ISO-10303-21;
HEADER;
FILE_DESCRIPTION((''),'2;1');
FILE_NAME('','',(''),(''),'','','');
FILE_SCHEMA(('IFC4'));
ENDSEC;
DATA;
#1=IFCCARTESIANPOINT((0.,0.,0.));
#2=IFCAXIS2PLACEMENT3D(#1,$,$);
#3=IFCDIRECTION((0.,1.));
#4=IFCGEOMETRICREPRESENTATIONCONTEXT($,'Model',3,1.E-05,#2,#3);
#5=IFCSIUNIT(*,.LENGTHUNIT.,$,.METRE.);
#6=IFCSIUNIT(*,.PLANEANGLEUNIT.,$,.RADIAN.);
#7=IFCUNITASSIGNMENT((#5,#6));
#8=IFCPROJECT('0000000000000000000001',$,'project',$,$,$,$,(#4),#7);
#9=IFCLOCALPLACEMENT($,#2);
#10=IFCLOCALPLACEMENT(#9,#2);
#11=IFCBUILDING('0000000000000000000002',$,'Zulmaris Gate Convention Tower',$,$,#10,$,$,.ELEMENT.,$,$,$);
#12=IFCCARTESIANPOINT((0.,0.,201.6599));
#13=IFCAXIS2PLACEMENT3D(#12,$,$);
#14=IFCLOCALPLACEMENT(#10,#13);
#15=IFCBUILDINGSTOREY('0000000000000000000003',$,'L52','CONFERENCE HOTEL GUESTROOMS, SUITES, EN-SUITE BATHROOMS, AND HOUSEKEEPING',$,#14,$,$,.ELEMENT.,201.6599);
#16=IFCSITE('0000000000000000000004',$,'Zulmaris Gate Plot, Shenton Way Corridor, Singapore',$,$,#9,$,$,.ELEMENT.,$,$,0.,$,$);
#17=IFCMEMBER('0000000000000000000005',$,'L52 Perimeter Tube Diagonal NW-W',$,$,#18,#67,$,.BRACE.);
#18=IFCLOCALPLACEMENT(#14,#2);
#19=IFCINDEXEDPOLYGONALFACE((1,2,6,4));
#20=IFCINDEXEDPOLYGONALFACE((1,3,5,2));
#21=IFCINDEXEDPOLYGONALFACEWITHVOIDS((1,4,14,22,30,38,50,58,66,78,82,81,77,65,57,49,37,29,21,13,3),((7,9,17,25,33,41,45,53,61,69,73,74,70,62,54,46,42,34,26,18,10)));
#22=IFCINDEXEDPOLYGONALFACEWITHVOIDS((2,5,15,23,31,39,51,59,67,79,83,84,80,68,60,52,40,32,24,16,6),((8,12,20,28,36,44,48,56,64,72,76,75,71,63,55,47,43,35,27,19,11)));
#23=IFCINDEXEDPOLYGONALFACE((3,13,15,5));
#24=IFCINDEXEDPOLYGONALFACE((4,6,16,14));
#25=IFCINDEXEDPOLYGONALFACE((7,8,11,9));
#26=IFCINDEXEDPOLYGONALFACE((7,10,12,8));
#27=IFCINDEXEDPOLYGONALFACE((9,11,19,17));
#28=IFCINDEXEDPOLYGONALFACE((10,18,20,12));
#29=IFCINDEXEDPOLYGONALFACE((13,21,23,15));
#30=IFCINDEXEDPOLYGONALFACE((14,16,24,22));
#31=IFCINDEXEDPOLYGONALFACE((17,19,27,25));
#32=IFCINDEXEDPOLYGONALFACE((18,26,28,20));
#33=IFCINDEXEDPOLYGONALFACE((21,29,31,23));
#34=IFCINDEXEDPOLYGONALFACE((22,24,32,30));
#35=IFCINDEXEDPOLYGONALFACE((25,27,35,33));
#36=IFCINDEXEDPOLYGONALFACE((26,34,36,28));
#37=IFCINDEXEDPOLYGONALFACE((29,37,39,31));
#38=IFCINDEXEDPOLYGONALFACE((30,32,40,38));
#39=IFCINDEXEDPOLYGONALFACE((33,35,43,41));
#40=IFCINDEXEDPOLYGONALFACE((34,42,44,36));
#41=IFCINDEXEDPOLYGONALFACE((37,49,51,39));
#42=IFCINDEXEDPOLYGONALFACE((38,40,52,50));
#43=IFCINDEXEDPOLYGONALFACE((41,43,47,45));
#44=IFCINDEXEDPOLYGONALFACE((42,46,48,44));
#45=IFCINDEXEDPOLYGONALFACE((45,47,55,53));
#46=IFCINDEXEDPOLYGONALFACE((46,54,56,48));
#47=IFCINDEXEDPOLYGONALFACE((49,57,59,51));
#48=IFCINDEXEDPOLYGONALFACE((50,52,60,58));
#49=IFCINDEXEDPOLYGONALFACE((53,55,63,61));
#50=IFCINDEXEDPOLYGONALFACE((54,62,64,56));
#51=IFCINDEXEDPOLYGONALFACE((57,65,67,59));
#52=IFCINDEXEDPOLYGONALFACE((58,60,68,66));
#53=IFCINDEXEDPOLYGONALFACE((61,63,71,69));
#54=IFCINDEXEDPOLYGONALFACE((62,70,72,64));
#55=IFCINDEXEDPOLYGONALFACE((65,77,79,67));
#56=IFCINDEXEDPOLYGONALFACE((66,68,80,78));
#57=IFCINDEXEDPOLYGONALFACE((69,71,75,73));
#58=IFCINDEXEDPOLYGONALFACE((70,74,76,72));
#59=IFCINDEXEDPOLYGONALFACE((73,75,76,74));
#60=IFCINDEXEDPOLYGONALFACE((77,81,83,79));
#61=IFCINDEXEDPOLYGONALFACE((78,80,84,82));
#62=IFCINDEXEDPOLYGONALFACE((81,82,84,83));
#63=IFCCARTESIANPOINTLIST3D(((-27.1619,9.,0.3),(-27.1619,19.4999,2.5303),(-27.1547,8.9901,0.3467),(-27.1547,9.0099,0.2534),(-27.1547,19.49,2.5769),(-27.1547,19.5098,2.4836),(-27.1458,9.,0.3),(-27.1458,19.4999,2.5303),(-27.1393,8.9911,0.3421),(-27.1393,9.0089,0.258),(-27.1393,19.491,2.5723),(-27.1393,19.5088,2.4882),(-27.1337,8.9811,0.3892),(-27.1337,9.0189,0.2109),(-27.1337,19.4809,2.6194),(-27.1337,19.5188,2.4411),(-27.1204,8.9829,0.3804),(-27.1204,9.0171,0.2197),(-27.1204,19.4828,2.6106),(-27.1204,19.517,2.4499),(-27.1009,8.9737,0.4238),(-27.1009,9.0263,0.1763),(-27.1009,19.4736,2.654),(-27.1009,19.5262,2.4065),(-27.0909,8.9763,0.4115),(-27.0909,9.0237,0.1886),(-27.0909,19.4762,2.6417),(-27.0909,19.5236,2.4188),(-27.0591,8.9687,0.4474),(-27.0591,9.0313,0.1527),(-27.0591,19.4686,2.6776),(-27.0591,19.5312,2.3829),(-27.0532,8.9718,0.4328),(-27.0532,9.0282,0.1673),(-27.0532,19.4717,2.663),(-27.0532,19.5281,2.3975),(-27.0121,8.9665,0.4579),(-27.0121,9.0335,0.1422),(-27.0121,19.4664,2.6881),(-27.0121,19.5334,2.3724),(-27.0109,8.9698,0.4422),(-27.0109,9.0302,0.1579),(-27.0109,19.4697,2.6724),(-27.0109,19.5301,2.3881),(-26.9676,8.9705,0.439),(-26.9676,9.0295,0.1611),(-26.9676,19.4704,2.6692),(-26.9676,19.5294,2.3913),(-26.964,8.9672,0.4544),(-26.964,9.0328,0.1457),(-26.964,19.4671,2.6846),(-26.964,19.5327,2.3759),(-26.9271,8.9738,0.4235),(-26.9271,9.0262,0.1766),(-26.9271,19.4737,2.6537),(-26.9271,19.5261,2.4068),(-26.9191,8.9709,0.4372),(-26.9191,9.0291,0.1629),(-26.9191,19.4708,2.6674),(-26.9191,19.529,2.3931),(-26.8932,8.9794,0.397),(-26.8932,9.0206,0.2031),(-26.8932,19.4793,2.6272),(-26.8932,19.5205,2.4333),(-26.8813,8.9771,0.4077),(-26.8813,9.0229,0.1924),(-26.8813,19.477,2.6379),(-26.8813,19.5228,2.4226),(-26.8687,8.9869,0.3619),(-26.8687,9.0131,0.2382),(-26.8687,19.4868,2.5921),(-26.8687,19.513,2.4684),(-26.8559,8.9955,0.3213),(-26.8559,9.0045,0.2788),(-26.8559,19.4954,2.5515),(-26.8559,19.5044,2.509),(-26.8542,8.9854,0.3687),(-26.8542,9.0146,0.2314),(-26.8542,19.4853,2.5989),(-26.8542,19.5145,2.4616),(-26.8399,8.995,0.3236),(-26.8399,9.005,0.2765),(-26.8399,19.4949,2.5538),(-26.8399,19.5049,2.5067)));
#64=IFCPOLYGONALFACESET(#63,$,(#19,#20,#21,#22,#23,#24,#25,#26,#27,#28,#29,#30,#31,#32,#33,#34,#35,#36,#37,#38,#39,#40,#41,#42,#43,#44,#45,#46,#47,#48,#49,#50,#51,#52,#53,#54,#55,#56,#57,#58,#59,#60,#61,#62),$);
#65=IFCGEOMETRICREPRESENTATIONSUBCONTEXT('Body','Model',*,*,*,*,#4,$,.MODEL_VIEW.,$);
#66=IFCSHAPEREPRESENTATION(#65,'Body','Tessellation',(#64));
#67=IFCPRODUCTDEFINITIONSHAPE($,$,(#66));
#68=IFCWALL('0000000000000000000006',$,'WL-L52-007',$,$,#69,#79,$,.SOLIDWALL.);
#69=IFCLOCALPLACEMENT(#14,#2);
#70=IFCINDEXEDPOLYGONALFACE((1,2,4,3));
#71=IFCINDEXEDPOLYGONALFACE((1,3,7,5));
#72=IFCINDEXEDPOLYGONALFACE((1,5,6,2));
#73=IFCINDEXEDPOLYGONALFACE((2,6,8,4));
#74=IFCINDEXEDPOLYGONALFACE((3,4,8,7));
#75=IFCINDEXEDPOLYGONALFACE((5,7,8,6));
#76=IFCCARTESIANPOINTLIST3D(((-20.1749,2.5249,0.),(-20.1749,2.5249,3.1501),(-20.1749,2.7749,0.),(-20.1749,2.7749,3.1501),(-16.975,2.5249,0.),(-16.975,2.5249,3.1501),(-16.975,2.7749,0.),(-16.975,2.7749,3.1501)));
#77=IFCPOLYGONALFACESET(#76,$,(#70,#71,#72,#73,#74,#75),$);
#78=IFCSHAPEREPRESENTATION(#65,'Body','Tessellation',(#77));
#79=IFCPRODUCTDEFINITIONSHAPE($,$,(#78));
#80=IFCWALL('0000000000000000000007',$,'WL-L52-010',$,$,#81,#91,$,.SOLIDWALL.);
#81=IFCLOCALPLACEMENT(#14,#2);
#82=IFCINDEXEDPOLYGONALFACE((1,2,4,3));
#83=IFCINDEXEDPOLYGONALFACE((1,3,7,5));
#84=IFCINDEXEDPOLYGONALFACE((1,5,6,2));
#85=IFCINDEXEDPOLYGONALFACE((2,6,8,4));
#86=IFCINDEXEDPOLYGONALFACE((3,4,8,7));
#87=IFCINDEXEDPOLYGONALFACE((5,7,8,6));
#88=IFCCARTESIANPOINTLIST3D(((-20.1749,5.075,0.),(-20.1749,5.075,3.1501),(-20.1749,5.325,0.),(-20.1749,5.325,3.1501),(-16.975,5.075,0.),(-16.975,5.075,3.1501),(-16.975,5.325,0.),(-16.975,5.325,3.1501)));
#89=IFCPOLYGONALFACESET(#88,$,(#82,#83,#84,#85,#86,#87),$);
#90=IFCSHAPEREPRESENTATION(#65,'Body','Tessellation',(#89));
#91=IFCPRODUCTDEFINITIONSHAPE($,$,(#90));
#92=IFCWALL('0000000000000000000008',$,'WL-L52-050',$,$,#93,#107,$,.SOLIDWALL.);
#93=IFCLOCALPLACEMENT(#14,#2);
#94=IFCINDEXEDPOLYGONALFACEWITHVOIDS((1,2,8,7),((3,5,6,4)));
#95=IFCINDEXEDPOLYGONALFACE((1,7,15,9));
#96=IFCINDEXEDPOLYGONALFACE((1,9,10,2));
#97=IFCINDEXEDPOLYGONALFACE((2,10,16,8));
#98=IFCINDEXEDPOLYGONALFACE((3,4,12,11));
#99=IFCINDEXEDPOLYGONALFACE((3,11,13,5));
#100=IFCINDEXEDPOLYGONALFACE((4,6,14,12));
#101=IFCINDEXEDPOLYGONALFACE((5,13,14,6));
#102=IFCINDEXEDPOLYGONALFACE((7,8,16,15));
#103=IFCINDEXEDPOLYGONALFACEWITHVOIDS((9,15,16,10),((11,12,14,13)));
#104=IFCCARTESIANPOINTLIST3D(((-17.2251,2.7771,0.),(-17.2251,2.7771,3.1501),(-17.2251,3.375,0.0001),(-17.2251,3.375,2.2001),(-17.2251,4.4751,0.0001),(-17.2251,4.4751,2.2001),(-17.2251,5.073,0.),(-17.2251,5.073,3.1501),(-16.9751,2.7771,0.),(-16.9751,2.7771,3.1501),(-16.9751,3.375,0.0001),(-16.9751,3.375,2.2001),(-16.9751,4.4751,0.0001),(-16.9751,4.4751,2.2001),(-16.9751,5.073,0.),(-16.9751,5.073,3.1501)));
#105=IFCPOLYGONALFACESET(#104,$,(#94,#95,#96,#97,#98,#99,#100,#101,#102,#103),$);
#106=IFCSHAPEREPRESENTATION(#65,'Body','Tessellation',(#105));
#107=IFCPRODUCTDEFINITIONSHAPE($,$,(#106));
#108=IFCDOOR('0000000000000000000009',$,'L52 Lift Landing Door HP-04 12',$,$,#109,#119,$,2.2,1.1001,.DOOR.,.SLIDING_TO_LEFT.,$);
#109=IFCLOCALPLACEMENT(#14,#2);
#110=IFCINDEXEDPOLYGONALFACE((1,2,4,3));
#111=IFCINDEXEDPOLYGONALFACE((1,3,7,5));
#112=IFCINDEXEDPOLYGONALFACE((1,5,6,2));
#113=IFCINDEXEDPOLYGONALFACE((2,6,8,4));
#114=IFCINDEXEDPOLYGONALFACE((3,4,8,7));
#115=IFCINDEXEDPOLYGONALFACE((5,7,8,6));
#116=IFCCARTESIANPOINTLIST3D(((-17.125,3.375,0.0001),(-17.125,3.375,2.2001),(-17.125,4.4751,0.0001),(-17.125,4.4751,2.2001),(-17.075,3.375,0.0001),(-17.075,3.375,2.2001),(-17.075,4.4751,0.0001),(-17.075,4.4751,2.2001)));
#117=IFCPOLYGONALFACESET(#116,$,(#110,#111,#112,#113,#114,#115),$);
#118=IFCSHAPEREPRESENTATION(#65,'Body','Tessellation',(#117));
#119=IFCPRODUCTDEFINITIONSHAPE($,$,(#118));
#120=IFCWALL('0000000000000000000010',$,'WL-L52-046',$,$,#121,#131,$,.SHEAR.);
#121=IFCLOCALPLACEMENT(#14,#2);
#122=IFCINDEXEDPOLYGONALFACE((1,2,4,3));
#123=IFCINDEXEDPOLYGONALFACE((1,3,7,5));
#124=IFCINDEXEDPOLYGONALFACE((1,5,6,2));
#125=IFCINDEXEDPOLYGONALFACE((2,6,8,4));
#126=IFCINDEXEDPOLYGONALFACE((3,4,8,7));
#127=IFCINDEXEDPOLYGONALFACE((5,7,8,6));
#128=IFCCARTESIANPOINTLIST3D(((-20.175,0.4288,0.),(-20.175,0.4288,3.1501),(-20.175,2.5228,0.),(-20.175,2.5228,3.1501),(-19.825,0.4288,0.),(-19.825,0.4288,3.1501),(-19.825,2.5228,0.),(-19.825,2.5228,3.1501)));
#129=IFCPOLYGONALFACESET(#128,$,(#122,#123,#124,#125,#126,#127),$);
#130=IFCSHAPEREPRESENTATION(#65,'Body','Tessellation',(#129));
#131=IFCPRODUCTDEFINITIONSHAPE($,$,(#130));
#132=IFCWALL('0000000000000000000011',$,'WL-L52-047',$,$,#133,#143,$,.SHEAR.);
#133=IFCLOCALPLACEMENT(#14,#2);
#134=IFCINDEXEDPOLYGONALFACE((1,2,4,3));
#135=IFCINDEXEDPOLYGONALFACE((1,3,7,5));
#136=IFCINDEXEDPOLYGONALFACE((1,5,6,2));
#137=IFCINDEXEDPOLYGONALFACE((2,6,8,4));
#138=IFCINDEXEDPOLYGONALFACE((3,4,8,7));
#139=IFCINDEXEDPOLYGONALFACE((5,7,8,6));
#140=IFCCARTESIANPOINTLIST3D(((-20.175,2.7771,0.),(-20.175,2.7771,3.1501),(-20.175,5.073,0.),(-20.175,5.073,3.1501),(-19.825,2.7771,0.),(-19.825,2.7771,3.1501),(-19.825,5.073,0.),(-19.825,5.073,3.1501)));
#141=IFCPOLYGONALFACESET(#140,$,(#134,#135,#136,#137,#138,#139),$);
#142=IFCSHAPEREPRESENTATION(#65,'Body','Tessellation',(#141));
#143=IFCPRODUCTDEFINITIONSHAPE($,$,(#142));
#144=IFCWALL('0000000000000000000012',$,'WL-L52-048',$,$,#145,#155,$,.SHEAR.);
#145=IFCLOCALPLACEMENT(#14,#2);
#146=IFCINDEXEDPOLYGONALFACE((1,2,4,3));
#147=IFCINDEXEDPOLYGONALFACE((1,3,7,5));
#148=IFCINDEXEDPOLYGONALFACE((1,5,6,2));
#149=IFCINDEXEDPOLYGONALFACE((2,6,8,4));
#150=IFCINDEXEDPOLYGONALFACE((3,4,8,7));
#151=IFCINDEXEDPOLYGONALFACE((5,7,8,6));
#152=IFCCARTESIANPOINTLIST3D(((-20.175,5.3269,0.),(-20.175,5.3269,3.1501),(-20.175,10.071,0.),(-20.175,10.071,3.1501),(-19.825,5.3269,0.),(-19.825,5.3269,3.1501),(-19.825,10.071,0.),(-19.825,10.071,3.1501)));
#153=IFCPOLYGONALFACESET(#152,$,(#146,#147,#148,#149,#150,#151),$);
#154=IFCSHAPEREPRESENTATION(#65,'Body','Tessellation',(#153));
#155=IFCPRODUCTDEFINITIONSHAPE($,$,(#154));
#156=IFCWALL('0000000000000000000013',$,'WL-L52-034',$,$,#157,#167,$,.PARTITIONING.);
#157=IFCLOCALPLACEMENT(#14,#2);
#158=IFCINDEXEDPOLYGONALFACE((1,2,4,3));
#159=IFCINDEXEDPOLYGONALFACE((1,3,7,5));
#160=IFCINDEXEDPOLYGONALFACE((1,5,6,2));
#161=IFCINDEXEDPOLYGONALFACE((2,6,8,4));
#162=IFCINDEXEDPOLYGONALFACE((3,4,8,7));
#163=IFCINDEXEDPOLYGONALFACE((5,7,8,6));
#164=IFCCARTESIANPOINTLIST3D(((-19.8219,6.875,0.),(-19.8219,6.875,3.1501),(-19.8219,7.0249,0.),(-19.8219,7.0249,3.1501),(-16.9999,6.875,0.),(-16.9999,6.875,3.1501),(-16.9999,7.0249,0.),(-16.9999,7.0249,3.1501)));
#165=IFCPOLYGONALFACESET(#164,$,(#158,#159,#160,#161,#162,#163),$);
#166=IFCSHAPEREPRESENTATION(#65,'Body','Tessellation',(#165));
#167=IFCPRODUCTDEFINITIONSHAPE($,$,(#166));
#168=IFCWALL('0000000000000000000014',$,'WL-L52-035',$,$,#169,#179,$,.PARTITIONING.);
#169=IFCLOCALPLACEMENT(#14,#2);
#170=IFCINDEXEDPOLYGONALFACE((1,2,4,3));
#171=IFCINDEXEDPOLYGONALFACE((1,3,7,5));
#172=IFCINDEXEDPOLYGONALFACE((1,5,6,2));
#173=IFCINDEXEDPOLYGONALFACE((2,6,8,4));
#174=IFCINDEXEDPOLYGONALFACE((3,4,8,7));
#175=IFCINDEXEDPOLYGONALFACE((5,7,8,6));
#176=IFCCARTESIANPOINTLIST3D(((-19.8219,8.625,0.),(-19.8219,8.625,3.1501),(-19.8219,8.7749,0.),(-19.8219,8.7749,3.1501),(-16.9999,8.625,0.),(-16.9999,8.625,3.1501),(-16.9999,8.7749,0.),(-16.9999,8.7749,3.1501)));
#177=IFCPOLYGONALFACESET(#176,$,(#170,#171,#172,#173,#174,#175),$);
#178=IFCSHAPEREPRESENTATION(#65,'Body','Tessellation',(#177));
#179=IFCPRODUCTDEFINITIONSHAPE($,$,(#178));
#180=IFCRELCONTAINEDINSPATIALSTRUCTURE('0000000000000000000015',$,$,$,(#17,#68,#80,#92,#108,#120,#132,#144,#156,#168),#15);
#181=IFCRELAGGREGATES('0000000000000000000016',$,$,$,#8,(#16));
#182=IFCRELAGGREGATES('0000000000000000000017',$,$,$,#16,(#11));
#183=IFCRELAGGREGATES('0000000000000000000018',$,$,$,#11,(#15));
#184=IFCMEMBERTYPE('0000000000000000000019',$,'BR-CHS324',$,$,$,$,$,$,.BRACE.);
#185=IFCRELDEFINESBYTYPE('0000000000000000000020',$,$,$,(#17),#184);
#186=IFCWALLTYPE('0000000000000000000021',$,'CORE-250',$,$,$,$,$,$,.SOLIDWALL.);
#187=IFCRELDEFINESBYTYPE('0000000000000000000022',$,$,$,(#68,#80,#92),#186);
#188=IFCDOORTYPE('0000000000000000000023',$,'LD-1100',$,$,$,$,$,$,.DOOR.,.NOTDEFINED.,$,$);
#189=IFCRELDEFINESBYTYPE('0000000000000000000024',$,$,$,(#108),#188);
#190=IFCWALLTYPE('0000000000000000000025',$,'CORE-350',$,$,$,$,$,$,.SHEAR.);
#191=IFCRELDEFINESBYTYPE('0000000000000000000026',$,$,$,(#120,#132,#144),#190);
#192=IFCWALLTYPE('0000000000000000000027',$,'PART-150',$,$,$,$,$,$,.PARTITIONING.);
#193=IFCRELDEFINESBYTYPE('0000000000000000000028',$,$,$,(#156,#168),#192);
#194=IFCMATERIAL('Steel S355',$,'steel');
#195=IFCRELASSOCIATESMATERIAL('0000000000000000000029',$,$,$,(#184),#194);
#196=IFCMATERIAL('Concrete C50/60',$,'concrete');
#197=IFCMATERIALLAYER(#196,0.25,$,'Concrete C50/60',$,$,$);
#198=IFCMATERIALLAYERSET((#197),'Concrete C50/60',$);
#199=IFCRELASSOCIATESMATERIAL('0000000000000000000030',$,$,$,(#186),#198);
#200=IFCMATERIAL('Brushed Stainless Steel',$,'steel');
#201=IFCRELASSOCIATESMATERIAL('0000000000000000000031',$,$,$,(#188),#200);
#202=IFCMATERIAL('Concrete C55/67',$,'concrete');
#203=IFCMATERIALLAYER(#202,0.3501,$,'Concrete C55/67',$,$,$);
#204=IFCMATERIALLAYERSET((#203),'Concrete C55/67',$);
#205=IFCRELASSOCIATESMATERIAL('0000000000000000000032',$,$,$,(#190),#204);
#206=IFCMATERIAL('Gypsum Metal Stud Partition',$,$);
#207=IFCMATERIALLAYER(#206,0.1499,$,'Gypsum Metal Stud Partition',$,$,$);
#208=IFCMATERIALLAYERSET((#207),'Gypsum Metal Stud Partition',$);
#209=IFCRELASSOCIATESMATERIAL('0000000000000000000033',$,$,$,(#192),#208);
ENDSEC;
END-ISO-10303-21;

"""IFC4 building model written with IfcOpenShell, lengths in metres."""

from ifc_helpers import new_model, si_unit, direction, frame, frame_2d, origin, origin_2d, place, context, subcontext, project, spatial, rectangle, hollow_circle, extrude, material, layer, layer_set, material_profile, profile_set, type_object, element, fill, save


model = new_model("IFC4")

# Units and contexts
model_context = context("Model", 3, precision=1e-05, world=origin(), true_north=direction((0.0, 1.0)))
body_context = subcontext(model_context, "Body", "Model", "MODEL_VIEW")
ifc_project = project(units=[si_unit("LENGTHUNIT", "METRE"), si_unit("PLANEANGLEUNIT", "RADIAN")], contexts=[model_context])

# Site, building, storey
site_placement = place(None, origin())
site = spatial("IfcSite", under=ifc_project, at=site_placement, Name="Zulmaris Gate Plot, Shenton Way Corridor, Singapore", CompositionType="ELEMENT", RefElevation=0.0)
building_placement = place(site_placement, origin())
building = spatial("IfcBuilding", under=site, at=building_placement, Name="Zulmaris Gate Convention Tower", CompositionType="ELEMENT")
storey_placement = place(building_placement, frame((0.0, 0.0, 201.6599)))
storey = spatial("IfcBuildingStorey", under=building, at=storey_placement, Name="L52", Description="CONFERENCE HOTEL GUESTROOMS, SUITES, EN-SUITE BATHROOMS, AND HOUSEKEEPING", CompositionType="ELEMENT", Elevation=201.6599)

# Shared definitions
ifc_material_1 = material(Name="Steel S355", Category="steel")
ifc_material_2 = material(Name="Concrete C50/60", Category="concrete")

# Member
ifc_material_profile_1 = material_profile(ifc_material_1, hollow_circle(Radius=0.1619, WallThickness=0.0161, at=origin_2d()), Name="CHS 323.9x16")
ifc_profile_set_1 = profile_set([ifc_material_profile_1], Name="Steel S355")
member_type = type_object("IfcMemberType", Name="BR-CHS324", PredefinedType="BRACE", material=ifc_profile_set_1)
member_placement = place(storey_placement, frame((-27.0, 9.0, 0.3), z_axis=(0.0, 0.978178, 0.207767), x_axis=(-1.0, 0.0, 0.0)))
element("IfcMember", 1, at=member_placement, inside=storey, type_object=member_type, Name="L52 Perimeter Tube Diagonal NW-W", PredefinedType="BRACE", context=body_context, shape_type="SweptSolid", body=[
    extrude(hollow_circle(Radius=0.1619, WallThickness=0.0161, at=origin_2d()), origin(), (0.0, 0.0, 1.0), 10.7341),
])

# Walls
ifc_layer_1 = layer(ifc_material_2, 0.25, Name="Concrete C50/60")
ifc_layer_set_1 = layer_set([ifc_layer_1], Name="Concrete C50/60")
wall_type_1 = type_object("IfcWallType", Name="CORE-250", PredefinedType="SOLIDWALL", material=ifc_layer_set_1)
for number, where, z_axis, x_axis, name in (
    (2, (-20.175, 2.6499, 0.0), (0.0, 0.0, 1.0), (1.0, 0.0, 0.0), "WL-L52-007"),
    (3, (-20.175, 5.2, 0.0), (0.0, 0.0, 1.0), (1.0, 0.0, 0.0), "WL-L52-010"),
):
    element("IfcWall", number, at=place(storey_placement, frame(where, z_axis=z_axis, x_axis=x_axis)), inside=storey, type_object=wall_type_1, Name=name, PredefinedType="SOLIDWALL", context=body_context, shape_type="SweptSolid", body=[
        extrude(rectangle(XDim=3.2, YDim=0.25, at=frame_2d((1.6001, 0.0))), origin(), (0.0, 0.0, 1.0), 3.1501),
    ])

# Wall, opening, door
wall_1_placement = place(storey_placement, frame((-17.1001, 2.7771, 0.0), z_axis=(0.0, 0.0, 1.0), x_axis=(0.0, 1.0, 0.0)))
wall_1 = element("IfcWall", 4, at=wall_1_placement, inside=storey, type_object=wall_type_1, Name="WL-L52-050", PredefinedType="SOLIDWALL", context=body_context, shape_type="SweptSolid", body=[
    extrude(rectangle(XDim=2.2959, YDim=0.25, at=frame_2d((1.1479, 0.0))), origin(), (0.0, 0.0, 1.0), 3.1501),
])
opening_1_placement = place(wall_1_placement, frame((0.5979, 0.0, 0.0)))
opening_1 = element("IfcOpeningElement", 5, at=opening_1_placement, cuts=wall_1, PredefinedType="OPENING", context=body_context, shape_type="SweptSolid", body=[
    extrude(rectangle(XDim=1.1001, YDim=2.2, at=frame_2d((0.55, 1.1001))), frame((0.0, 0.135, 0.0), z_axis=(0.0, -1.0, 0.0), x_axis=(1.0, 0.0, 0.0)), (0.0, 0.0, 1.0), 0.27),
])
ifc_material_3 = material(Name="Brushed Stainless Steel", Category="steel")
door_type_1 = type_object("IfcDoorType", Name="LD-1100", OperationType="NOTDEFINED", PredefinedType="DOOR", material=ifc_material_3)
door_1_placement = place(opening_1_placement, origin())
door_1 = element("IfcDoor", 6, at=door_1_placement, inside=storey, type_object=door_type_1, Name="L52 Lift Landing Door HP-04 12", OperationType="SLIDING_TO_LEFT", OverallHeight=2.2, OverallWidth=1.1001, PredefinedType="DOOR", context=body_context, shape_type="SweptSolid", body=[
    extrude(rectangle(XDim=1.1001, YDim=2.2, at=frame_2d((0.55, 1.1001))), frame((0.0, 0.0249, 0.0), z_axis=(0.0, -1.0, 0.0), x_axis=(1.0, 0.0, 0.0)), (0.0, 0.0, 1.0), 0.05),
])
fill(opening_1, door_1)

# Walls
ifc_material_4 = material(Name="Concrete C55/67", Category="concrete")
ifc_layer_2 = layer(ifc_material_4, 0.3501, Name="Concrete C55/67")
ifc_layer_set_2 = layer_set([ifc_layer_2], Name="Concrete C55/67")
wall_type_2 = type_object("IfcWallType", Name="CORE-350", PredefinedType="SHEAR", material=ifc_layer_set_2)
wall_2_placement = place(storey_placement, frame((-20.0, 0.429, 0.0), z_axis=(0.0, 0.0, 1.0), x_axis=(0.0, 1.0, 0.0)))
element("IfcWall", 7, at=wall_2_placement, inside=storey, type_object=wall_type_2, Name="WL-L52-046", PredefinedType="SHEAR", context=body_context, shape_type="SweptSolid", body=[
    extrude(rectangle(XDim=2.094, YDim=0.3501, at=frame_2d((1.0469, 0.0))), origin(), (0.0, 0.0, 1.0), 3.1501),
])
wall_3_placement = place(storey_placement, frame((-20.0, 2.7771, 0.0), z_axis=(0.0, 0.0, 1.0), x_axis=(0.0, 1.0, 0.0)))
element("IfcWall", 8, at=wall_3_placement, inside=storey, type_object=wall_type_2, Name="WL-L52-047", PredefinedType="SHEAR", context=body_context, shape_type="SweptSolid", body=[
    extrude(rectangle(XDim=2.2959, YDim=0.3501, at=frame_2d((1.1479, 0.0))), origin(), (0.0, 0.0, 1.0), 3.1501),
])
wall_4_placement = place(storey_placement, frame((-20.0, 5.3269, 0.0), z_axis=(0.0, 0.0, 1.0), x_axis=(0.0, 1.0, 0.0)))
element("IfcWall", 9, at=wall_4_placement, inside=storey, type_object=wall_type_2, Name="WL-L52-048", PredefinedType="SHEAR", context=body_context, shape_type="SweptSolid", body=[
    extrude(rectangle(XDim=4.7441, YDim=0.3501, at=frame_2d((2.3721, 0.0))), origin(), (0.0, 0.0, 1.0), 3.1501),
])
ifc_material_5 = material(Name="Gypsum Metal Stud Partition")
ifc_layer_3 = layer(ifc_material_5, 0.1499, Name="Gypsum Metal Stud Partition")
ifc_layer_set_3 = layer_set([ifc_layer_3], Name="Gypsum Metal Stud Partition")
wall_type_3 = type_object("IfcWallType", Name="PART-150", PredefinedType="PARTITIONING", material=ifc_layer_set_3)
for number, where, z_axis, x_axis, name in (
    (10, (-19.822, 6.95, 0.0), (0.0, 0.0, 1.0), (1.0, 0.0, 0.0), "WL-L52-034"),
    (11, (-19.822, 8.7, 0.0), (0.0, 0.0, 1.0), (1.0, 0.0, 0.0), "WL-L52-035"),
):
    element("IfcWall", number, at=place(storey_placement, frame(where, z_axis=z_axis, x_axis=x_axis)), inside=storey, type_object=wall_type_3, Name=name, PredefinedType="PARTITIONING", context=body_context, shape_type="SweptSolid", body=[
        extrude(rectangle(XDim=2.822, YDim=0.1499, at=frame_2d((1.4111, 0.0))), origin(), (0.0, 0.0, 1.0), 3.1501),
    ])

save(model, "model.ifc")
